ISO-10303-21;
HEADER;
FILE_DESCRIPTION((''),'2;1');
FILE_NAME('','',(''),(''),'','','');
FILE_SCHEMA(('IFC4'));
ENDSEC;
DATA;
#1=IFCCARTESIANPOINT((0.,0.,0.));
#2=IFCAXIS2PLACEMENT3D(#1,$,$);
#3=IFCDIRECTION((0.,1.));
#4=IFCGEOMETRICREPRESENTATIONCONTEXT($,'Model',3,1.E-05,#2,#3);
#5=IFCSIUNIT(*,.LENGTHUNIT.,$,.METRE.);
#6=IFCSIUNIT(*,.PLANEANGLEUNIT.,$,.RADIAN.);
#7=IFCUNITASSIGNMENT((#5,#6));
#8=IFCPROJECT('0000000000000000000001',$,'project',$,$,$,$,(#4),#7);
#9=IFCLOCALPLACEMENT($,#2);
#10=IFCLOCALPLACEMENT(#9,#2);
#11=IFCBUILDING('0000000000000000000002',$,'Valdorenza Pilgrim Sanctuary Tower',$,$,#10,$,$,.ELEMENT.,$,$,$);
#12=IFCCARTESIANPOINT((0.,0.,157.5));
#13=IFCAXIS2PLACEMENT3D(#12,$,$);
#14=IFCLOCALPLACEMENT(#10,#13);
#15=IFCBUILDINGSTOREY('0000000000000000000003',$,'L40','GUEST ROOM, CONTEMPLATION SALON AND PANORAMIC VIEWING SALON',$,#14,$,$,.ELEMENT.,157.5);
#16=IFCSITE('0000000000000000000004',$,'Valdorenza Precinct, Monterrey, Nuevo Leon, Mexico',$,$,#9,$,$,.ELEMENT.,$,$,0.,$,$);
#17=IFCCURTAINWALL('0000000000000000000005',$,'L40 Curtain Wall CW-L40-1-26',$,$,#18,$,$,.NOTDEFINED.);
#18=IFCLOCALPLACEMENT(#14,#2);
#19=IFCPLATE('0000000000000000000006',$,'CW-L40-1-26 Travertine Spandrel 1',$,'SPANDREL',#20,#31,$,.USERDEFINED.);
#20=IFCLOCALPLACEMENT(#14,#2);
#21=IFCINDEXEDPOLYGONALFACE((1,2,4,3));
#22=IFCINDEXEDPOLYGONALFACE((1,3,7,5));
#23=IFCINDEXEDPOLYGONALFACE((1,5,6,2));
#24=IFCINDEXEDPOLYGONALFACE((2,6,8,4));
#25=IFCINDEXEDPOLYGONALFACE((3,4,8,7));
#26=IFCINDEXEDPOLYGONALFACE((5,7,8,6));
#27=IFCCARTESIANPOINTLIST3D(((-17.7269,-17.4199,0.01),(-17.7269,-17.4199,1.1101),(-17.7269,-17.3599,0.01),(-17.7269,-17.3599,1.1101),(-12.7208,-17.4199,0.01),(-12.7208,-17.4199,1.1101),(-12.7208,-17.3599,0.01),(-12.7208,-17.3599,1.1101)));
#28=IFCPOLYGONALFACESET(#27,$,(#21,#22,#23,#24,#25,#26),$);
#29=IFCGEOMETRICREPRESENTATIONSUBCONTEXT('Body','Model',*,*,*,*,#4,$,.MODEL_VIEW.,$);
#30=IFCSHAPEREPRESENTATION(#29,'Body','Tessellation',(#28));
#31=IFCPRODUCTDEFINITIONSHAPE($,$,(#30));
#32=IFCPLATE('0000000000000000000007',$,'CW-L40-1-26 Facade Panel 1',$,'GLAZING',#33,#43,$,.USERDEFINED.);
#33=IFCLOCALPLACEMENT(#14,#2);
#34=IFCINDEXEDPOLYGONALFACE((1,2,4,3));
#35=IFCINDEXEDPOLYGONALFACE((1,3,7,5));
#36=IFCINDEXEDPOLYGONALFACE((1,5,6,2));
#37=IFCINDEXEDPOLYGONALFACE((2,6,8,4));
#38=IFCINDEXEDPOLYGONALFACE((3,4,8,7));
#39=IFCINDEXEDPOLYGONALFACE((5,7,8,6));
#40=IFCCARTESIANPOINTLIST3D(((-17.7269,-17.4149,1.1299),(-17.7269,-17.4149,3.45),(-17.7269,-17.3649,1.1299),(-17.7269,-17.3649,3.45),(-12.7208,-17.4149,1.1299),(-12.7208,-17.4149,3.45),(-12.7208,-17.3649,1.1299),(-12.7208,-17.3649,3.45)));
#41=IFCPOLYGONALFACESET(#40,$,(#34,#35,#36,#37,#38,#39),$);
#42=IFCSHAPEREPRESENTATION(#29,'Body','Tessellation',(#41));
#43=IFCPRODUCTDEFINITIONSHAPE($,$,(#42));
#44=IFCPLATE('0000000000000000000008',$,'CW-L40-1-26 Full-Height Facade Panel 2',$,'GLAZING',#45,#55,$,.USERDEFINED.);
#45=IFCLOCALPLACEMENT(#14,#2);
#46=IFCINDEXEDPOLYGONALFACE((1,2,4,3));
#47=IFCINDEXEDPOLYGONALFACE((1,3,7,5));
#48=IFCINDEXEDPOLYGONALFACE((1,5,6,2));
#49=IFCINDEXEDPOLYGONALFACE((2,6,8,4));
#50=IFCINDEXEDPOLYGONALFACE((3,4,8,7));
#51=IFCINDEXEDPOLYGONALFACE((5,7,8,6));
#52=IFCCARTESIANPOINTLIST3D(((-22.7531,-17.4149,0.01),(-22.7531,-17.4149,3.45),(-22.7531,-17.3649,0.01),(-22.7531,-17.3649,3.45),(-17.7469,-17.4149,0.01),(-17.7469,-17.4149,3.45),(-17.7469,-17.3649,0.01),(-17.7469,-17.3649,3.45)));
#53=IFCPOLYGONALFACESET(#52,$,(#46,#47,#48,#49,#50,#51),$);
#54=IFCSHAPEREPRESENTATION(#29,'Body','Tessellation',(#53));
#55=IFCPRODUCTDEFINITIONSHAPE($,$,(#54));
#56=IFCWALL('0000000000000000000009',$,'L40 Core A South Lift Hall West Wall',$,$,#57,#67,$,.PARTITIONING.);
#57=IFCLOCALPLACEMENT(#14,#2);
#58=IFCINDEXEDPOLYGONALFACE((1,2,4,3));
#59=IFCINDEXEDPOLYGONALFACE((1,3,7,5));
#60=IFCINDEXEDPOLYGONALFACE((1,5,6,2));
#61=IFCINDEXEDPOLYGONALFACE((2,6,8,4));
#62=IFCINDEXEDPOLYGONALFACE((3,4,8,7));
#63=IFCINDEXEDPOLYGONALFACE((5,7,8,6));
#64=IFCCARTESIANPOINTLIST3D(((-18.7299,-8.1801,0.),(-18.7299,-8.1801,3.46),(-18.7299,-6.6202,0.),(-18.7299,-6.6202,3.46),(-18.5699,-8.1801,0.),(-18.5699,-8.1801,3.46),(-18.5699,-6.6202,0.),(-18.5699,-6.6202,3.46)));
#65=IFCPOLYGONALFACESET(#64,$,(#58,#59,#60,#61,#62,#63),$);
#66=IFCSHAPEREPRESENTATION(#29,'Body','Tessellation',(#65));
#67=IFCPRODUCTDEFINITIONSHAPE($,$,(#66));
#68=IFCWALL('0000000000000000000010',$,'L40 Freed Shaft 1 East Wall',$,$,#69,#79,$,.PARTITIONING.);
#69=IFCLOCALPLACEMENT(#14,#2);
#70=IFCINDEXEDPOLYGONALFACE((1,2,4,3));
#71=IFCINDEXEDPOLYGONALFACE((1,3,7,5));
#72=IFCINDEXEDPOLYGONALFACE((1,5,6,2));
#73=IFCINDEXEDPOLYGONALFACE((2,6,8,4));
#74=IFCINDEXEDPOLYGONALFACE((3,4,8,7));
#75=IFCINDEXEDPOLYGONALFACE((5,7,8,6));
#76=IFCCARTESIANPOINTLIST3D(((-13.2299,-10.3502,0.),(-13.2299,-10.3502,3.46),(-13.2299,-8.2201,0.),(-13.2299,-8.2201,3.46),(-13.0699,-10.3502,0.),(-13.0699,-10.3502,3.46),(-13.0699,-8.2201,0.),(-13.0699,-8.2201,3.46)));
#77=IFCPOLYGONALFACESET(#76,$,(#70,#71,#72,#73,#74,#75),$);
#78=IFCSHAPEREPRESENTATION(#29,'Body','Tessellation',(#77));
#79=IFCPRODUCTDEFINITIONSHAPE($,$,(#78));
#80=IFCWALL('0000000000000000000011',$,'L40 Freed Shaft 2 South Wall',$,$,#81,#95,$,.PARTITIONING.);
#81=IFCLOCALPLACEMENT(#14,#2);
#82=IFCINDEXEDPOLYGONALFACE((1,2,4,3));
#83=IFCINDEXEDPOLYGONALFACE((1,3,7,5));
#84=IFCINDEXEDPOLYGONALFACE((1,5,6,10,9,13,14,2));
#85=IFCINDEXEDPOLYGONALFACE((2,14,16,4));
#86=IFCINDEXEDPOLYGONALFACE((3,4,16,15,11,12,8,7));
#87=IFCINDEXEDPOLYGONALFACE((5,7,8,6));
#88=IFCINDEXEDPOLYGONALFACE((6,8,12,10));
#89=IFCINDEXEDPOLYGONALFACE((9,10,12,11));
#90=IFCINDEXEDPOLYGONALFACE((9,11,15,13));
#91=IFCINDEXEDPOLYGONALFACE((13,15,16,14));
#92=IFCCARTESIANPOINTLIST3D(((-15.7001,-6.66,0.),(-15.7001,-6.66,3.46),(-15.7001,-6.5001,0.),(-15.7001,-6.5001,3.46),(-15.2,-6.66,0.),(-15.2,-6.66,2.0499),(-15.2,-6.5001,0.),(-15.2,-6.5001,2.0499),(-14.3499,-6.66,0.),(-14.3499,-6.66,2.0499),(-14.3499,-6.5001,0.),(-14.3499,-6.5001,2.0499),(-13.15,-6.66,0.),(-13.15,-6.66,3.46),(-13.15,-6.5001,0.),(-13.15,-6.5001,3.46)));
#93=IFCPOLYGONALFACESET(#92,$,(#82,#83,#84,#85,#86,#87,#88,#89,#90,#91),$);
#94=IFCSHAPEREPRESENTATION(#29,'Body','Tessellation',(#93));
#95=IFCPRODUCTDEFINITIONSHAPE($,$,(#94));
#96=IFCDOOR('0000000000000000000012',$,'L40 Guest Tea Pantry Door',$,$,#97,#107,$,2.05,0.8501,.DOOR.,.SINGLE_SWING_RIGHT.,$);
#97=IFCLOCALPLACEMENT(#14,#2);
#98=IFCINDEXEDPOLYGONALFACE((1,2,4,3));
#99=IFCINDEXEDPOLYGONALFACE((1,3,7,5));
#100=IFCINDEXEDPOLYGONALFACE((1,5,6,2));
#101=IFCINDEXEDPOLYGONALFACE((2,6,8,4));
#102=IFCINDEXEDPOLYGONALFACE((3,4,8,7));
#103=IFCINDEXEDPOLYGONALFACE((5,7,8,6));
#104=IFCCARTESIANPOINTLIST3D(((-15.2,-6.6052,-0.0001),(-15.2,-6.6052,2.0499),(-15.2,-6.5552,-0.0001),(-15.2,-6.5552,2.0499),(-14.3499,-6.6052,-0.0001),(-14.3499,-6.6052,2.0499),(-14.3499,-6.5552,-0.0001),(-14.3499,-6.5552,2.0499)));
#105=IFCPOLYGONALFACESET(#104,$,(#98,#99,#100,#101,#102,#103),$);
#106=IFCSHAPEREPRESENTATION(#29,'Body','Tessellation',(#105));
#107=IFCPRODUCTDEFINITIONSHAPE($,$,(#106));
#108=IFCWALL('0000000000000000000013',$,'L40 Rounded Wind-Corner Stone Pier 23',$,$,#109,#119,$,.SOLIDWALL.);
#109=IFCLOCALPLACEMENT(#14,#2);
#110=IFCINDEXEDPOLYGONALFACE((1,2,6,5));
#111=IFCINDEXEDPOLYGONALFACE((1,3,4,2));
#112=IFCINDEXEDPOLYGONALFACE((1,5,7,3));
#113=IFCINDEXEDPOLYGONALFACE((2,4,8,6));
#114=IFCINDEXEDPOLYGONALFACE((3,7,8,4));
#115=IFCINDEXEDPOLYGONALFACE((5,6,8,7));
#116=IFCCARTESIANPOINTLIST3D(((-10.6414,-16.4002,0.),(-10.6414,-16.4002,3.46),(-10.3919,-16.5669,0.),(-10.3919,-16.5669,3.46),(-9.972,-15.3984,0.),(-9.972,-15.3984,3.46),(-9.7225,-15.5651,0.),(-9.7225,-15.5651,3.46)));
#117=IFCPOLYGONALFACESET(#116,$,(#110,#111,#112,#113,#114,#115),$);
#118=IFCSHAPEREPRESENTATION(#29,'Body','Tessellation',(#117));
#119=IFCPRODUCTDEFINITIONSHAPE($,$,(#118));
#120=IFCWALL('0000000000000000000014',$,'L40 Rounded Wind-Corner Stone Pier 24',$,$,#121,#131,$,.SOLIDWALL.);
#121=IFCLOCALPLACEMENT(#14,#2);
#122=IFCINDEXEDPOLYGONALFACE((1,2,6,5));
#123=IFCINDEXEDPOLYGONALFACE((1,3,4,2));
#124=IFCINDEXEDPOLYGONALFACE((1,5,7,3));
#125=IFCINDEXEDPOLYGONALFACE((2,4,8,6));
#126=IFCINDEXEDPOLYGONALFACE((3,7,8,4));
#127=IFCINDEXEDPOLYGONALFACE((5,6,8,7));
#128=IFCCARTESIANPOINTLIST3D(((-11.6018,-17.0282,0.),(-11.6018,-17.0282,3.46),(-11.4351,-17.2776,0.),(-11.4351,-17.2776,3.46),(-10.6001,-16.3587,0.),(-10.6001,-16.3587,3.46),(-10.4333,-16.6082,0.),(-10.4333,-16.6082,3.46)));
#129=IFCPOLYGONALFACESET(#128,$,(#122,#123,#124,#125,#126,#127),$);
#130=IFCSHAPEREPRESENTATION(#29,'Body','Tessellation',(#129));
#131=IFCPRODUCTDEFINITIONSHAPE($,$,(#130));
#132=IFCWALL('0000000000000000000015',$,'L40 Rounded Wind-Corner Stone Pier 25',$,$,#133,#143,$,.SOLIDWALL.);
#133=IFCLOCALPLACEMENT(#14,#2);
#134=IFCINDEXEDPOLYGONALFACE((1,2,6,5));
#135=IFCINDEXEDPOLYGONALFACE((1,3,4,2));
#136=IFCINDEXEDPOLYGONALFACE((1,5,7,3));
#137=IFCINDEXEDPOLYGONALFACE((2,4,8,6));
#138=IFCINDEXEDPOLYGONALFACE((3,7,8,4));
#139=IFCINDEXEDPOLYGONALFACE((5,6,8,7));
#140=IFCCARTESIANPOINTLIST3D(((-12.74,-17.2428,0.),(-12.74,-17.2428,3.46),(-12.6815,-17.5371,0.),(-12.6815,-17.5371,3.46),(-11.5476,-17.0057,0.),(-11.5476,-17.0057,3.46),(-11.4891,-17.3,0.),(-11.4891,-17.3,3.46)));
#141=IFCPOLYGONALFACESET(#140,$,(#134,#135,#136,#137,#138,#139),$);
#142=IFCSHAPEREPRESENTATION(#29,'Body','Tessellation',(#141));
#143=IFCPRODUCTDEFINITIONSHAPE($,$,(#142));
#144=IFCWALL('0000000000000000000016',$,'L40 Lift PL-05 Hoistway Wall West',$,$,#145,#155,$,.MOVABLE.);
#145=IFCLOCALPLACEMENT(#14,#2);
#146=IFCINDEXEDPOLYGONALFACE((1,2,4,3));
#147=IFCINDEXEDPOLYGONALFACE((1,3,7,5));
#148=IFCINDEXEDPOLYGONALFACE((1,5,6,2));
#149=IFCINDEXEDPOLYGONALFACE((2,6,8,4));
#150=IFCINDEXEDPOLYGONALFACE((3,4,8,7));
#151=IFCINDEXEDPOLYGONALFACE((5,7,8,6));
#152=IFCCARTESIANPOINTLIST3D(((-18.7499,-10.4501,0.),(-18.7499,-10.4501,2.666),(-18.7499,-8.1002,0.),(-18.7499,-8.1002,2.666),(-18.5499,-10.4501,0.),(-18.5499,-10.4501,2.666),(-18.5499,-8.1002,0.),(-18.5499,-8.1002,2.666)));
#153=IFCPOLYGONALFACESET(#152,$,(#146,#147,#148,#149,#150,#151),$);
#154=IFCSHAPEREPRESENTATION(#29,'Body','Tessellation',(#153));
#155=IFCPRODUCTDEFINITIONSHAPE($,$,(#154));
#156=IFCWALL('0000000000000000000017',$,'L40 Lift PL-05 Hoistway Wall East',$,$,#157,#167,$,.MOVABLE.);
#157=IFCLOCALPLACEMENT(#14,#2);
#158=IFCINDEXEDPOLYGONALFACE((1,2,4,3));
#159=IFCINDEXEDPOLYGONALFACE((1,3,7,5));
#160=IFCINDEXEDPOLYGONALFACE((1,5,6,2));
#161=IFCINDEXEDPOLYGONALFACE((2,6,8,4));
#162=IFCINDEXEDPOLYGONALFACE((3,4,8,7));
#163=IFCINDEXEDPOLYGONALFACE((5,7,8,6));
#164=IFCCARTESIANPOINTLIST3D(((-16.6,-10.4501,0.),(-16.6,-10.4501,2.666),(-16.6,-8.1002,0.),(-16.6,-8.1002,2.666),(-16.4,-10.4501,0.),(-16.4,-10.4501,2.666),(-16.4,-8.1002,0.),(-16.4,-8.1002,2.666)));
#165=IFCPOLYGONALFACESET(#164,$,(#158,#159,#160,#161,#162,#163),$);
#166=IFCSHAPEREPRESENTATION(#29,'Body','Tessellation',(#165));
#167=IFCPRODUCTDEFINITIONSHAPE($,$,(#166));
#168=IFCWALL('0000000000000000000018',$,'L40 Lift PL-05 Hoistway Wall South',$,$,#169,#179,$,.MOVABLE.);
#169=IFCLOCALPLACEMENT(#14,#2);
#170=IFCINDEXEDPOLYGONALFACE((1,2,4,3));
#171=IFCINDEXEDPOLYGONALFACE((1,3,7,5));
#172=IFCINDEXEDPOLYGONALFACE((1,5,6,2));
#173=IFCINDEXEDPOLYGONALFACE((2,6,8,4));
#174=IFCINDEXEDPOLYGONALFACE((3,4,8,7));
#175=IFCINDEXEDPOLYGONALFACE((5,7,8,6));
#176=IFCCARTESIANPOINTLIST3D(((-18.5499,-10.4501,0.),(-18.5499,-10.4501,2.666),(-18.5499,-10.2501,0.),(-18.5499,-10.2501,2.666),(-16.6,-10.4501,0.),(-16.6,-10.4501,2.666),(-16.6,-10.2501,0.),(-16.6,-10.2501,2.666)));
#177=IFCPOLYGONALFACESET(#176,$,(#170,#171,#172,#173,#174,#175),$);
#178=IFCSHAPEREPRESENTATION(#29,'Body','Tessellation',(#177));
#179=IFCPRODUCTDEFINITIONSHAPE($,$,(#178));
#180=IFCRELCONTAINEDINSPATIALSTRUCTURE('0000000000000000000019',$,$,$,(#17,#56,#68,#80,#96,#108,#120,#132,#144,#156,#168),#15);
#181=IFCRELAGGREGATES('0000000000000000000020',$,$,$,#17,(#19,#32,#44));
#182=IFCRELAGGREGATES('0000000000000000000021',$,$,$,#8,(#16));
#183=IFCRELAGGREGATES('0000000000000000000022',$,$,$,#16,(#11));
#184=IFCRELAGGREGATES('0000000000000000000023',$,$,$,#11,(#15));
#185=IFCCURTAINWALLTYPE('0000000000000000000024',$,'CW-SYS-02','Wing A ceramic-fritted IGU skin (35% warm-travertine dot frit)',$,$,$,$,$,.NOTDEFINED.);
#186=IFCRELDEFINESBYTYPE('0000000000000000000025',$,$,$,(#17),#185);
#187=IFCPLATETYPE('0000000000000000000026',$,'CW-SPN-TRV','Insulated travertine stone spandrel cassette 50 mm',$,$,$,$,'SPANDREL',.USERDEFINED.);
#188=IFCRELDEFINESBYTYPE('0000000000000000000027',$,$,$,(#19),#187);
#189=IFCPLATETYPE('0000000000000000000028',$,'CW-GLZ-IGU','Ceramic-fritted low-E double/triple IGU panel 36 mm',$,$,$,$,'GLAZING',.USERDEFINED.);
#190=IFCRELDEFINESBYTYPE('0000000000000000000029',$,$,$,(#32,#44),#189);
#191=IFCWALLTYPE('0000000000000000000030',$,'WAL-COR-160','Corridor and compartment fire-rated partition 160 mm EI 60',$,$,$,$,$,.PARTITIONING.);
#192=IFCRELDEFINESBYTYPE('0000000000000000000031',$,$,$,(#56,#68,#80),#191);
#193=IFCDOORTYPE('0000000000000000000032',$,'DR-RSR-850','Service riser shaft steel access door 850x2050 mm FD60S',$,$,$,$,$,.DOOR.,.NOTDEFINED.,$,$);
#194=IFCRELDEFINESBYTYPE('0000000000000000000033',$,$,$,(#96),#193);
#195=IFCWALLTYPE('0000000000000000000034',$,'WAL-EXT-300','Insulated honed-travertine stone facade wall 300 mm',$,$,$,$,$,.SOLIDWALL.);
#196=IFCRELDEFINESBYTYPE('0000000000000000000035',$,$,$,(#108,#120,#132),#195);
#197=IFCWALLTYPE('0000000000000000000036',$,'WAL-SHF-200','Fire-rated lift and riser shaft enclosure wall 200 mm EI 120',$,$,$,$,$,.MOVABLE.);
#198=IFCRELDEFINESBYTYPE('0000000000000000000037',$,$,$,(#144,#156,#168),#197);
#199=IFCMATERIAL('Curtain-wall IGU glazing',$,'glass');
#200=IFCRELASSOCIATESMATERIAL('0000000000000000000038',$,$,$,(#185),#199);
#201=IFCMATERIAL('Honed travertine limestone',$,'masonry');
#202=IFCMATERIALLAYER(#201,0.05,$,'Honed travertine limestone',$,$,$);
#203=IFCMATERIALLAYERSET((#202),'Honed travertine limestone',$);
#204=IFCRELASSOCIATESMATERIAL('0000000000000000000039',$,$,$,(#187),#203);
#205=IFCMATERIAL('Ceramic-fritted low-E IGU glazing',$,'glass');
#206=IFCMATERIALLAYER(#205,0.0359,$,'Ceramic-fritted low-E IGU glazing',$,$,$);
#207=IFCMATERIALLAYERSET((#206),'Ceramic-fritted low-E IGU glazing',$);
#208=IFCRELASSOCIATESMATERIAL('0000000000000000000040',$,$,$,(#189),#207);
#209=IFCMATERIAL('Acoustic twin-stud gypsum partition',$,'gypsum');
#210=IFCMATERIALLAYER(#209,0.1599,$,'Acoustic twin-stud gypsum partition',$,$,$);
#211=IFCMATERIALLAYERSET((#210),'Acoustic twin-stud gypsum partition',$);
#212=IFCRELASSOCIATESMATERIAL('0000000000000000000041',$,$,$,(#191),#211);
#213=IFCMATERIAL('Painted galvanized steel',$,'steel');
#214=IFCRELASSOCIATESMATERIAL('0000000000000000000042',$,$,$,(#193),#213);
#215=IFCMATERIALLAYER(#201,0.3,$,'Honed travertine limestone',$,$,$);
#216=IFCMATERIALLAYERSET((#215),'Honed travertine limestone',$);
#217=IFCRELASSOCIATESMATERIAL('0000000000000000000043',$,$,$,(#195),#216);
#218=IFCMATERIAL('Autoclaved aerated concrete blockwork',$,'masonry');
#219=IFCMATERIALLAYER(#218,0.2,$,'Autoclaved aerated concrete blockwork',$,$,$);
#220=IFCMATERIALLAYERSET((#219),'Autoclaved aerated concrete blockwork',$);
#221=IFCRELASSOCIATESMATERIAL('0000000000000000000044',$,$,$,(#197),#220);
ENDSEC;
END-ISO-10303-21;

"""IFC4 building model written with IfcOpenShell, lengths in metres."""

from ifc_helpers import new_model, si_unit, direction, frame, frame_2d, origin, origin_2d, place, context, subcontext, project, spatial, rectangle, extrude, source, transform, mapped, material, layer, layer_set, type_object, element, fill, aggregate, save


model = new_model("IFC4")

# Units and contexts
model_context = context("Model", 3, precision=1e-05, world=origin(), true_north=direction((0.0, 1.0)))
body_context = subcontext(model_context, "Body", "Model", "MODEL_VIEW")
ifc_project = project(units=[si_unit("LENGTHUNIT", "METRE"), si_unit("PLANEANGLEUNIT", "RADIAN")], contexts=[model_context])

# Site, building, storey
site_placement = place(None, origin())
site = spatial("IfcSite", under=ifc_project, at=site_placement, Name="Valdorenza Precinct, Monterrey, Nuevo Leon, Mexico", CompositionType="ELEMENT", RefElevation=0.0)
building_placement = place(site_placement, origin())
building = spatial("IfcBuilding", under=site, at=building_placement, Name="Valdorenza Pilgrim Sanctuary Tower", CompositionType="ELEMENT")
storey_placement = place(building_placement, frame((0.0, 0.0, 157.5)))
storey = spatial("IfcBuildingStorey", under=building, at=storey_placement, Name="L40", Description="GUEST ROOM, CONTEMPLATION SALON AND PANORAMIC VIEWING SALON", CompositionType="ELEMENT", Elevation=157.5)

# Shared definitions
ifc_material_1 = material(Name="Curtain-wall IGU glazing", Category="glass")
curtain_wall_type = type_object("IfcCurtainWallType", Name="CW-SYS-02", Description="Wing A ceramic-fritted IGU skin (35% warm-travertine dot frit)", PredefinedType="NOTDEFINED", material=ifc_material_1)

# Curtain wall, plates
curtain_wall_1_placement = place(storey_placement, origin())
curtain_wall_1 = element("IfcCurtainWall", 1, at=curtain_wall_1_placement, inside=storey, type_object=curtain_wall_type, Name="L40 Curtain Wall CW-L40-1-26", PredefinedType="NOTDEFINED")
ifc_material_2 = material(Name="Honed travertine limestone", Category="masonry")
ifc_layer_1 = layer(ifc_material_2, 0.05, Name="Honed travertine limestone")
ifc_layer_set_1 = layer_set([ifc_layer_1], Name="Honed travertine limestone")
plate_type_1 = type_object("IfcPlateType", Name="CW-SPN-TRV", Description="Insulated travertine stone spandrel cassette 50 mm", ElementType="SPANDREL", PredefinedType="USERDEFINED", material=ifc_layer_set_1)
shared_shape_1 = source(origin(), body_context, "Body", "SweptSolid", [
    extrude(rectangle(XDim=5.0061, YDim=0.0601, at=origin_2d()), origin(), (0.0, 0.0, 1.0), 1.1001),
])
plate_1_placement = place(storey_placement, frame((-15.2239, -17.3899, 0.01), z_axis=(0.0, 0.0, 1.0), x_axis=(-1.0, 0.0, 0.0)))
plate_1 = element("IfcPlate", 2, at=plate_1_placement, type_object=plate_type_1, Name="CW-L40-1-26 Travertine Spandrel 1", ObjectType="SPANDREL", PredefinedType="USERDEFINED", context=body_context, shape_type="MappedRepresentation", body=[
    mapped(shared_shape_1, transform((0.0, 0.0, 0.0), x_axis=(1.0, 0.0, 0.0), y_axis=(0.0, 1.0, 0.0), z_axis=(0.0, 0.0, 1.0), scale=1.0)),
])
ifc_material_3 = material(Name="Ceramic-fritted low-E IGU glazing", Category="glass")
ifc_layer_2 = layer(ifc_material_3, 0.0359, Name="Ceramic-fritted low-E IGU glazing")
ifc_layer_set_2 = layer_set([ifc_layer_2], Name="Ceramic-fritted low-E IGU glazing")
plate_type_2 = type_object("IfcPlateType", Name="CW-GLZ-IGU", Description="Ceramic-fritted low-E double/triple IGU panel 36 mm", ElementType="GLAZING", PredefinedType="USERDEFINED", material=ifc_layer_set_2)
shared_shape_2 = source(origin(), body_context, "Body", "SweptSolid", [
    extrude(rectangle(XDim=5.0061, YDim=0.05, at=origin_2d()), origin(), (0.0, 0.0, 1.0), 2.3201),
])
plate_2_placement = place(storey_placement, frame((-15.2239, -17.3899, 1.1299), z_axis=(0.0, 0.0, 1.0), x_axis=(-1.0, 0.0, 0.0)))
plate_2 = element("IfcPlate", 3, at=plate_2_placement, type_object=plate_type_2, Name="CW-L40-1-26 Facade Panel 1", ObjectType="GLAZING", PredefinedType="USERDEFINED", context=body_context, shape_type="MappedRepresentation", body=[
    mapped(shared_shape_2, transform((0.0, 0.0, 0.0), x_axis=(1.0, 0.0, 0.0), y_axis=(0.0, 1.0, 0.0), z_axis=(0.0, 0.0, 1.0), scale=1.0)),
])
shared_shape_3 = source(origin(), body_context, "Body", "SweptSolid", [
    extrude(rectangle(XDim=5.0061, YDim=0.05, at=origin_2d()), origin(), (0.0, 0.0, 1.0), 3.4399),
])
plate_3_placement = place(storey_placement, frame((-20.25, -17.3899, 0.01), z_axis=(0.0, 0.0, 1.0), x_axis=(-1.0, 0.0, 0.0)))
plate_3 = element("IfcPlate", 4, at=plate_3_placement, type_object=plate_type_2, Name="CW-L40-1-26 Full-Height Facade Panel 2", ObjectType="GLAZING", PredefinedType="USERDEFINED", context=body_context, shape_type="MappedRepresentation", body=[
    mapped(shared_shape_3, transform((0.0, 0.0, 0.0), x_axis=(1.0, 0.0, 0.0), y_axis=(0.0, 1.0, 0.0), z_axis=(0.0, 0.0, 1.0), scale=1.0)),
])
aggregate(curtain_wall_1, [plate_1, plate_2, plate_3])

# Wall
ifc_material_4 = material(Name="Acoustic twin-stud gypsum partition", Category="gypsum")
ifc_layer_3 = layer(ifc_material_4, 0.1599, Name="Acoustic twin-stud gypsum partition")
ifc_layer_set_3 = layer_set([ifc_layer_3], Name="Acoustic twin-stud gypsum partition")
wall_type_1 = type_object("IfcWallType", Name="WAL-COR-160", Description="Corridor and compartment fire-rated partition 160 mm EI 60", PredefinedType="PARTITIONING", material=ifc_layer_set_3)
wall_1_placement = place(storey_placement, frame((-18.6499, -8.1799, 0.0), z_axis=(0.0, 0.0, 1.0), x_axis=(0.0, 1.0, 0.0)))
element("IfcWall", 5, at=wall_1_placement, inside=storey, type_object=wall_type_1, Name="L40 Core A South Lift Hall West Wall", PredefinedType="PARTITIONING", context=body_context, shape_type="SweptSolid", body=[
    extrude(rectangle(XDim=1.5598, YDim=0.1599, at=frame_2d((0.7798, 0.0))), origin(), (0.0, 0.0, 1.0), 3.46),
])

# Wall
wall_2_placement = place(storey_placement, frame((-13.1499, -10.3501, 0.0), z_axis=(0.0, 0.0, 1.0), x_axis=(0.0, 1.0, 0.0)))
element("IfcWall", 6, at=wall_2_placement, inside=storey, type_object=wall_type_1, Name="L40 Freed Shaft 1 East Wall", PredefinedType="PARTITIONING", context=body_context, shape_type="SweptSolid", body=[
    extrude(rectangle(XDim=2.1301, YDim=0.1599, at=frame_2d((1.0649, 0.0))), origin(), (0.0, 0.0, 1.0), 3.46),
])

# Wall, opening, door
wall_3_placement = place(storey_placement, frame((-15.7, -6.5801, 0.0), z_axis=(0.0, 0.0, 1.0), x_axis=(1.0, 0.0, 0.0)))
wall_3 = element("IfcWall", 7, at=wall_3_placement, inside=storey, type_object=wall_type_1, Name="L40 Freed Shaft 2 South Wall", PredefinedType="PARTITIONING", context=body_context, shape_type="SweptSolid", body=[
    extrude(rectangle(XDim=2.55, YDim=0.1599, at=frame_2d((1.2749, 0.0))), origin(), (0.0, 0.0, 1.0), 3.46),
])
opening_1_placement = place(wall_3_placement, frame((0.5, 0.0, 0.0)))
opening_1 = element("IfcOpeningElement", 8, at=opening_1_placement, cuts=wall_3, PredefinedType="OPENING", context=body_context, shape_type="SweptSolid", body=[
    extrude(rectangle(XDim=0.8501, YDim=2.05, at=frame_2d((0.425, 1.0249))), frame((0.0, 0.0947, 0.0), z_axis=(0.0, -1.0, 0.0), x_axis=(1.0, 0.0, 0.0)), (0.0, 0.0, 1.0), 0.1897),
])
ifc_material_5 = material(Name="Painted galvanized steel", Category="steel")
door_type_1 = type_object("IfcDoorType", Name="DR-RSR-850", Description="Service riser shaft steel access door 850x2050 mm FD60S", OperationType="NOTDEFINED", PredefinedType="DOOR", material=ifc_material_5)
door_1_placement = place(opening_1_placement, origin())
door_1 = element("IfcDoor", 9, at=door_1_placement, inside=storey, type_object=door_type_1, Name="L40 Guest Tea Pantry Door", OperationType="SINGLE_SWING_RIGHT", OverallHeight=2.05, OverallWidth=0.8501, PredefinedType="DOOR", context=body_context, shape_type="SweptSolid", body=[
    extrude(rectangle(XDim=0.8501, YDim=2.05, at=frame_2d((0.425, 1.0249))), frame((0.0, 0.0249, 0.0), z_axis=(0.0, -1.0, 0.0), x_axis=(1.0, 0.0, 0.0)), (0.0, 0.0, 1.0), 0.05),
])
fill(opening_1, door_1)

# Walls
ifc_layer_4 = layer(ifc_material_2, 0.3, Name="Honed travertine limestone")
ifc_layer_set_4 = layer_set([ifc_layer_4], Name="Honed travertine limestone")
wall_type_2 = type_object("IfcWallType", Name="WAL-EXT-300", Description="Insulated honed-travertine stone facade wall 300 mm", PredefinedType="SOLIDWALL", material=ifc_layer_set_4)
for number, where, z_axis, x_axis, name in (
    (10, (-9.8472, -15.4817, 0.0), (0.0, 0.0, 1.0), (-0.555635, -0.831426, 0.0), "L40 Rounded Wind-Corner Stone Pier 23"),
    (11, (-10.5166, -16.4834, 0.0), (0.0, 0.0, 1.0), (-0.831426, -0.555635, 0.0), "L40 Rounded Wind-Corner Stone Pier 24"),
):
    element("IfcWall", number, at=place(storey_placement, frame(where, z_axis=z_axis, x_axis=x_axis)), inside=storey, type_object=wall_type_2, Name=name, PredefinedType="SOLIDWALL", context=body_context, shape_type="SweptSolid", body=[
        extrude(rectangle(XDim=1.2048, YDim=0.3, at=frame_2d((0.6025, 0.0))), origin(), (0.0, 0.0, 1.0), 3.46),
    ])
wall_4_placement = place(storey_placement, frame((-11.5183, -17.1528, 0.0), z_axis=(0.0, 0.0, 1.0), x_axis=(-0.980804, -0.194996, 0.0)))
element("IfcWall", 12, at=wall_4_placement, inside=storey, type_object=wall_type_2, Name="L40 Rounded Wind-Corner Stone Pier 25", PredefinedType="SOLIDWALL", context=body_context, shape_type="SweptSolid", body=[
    extrude(rectangle(XDim=1.2158, YDim=0.3, at=frame_2d((0.6079, 0.0))), origin(), (0.0, 0.0, 1.0), 3.46),
])
ifc_material_6 = material(Name="Autoclaved aerated concrete blockwork", Category="masonry")
ifc_layer_5 = layer(ifc_material_6, 0.2, Name="Autoclaved aerated concrete blockwork")
ifc_layer_set_5 = layer_set([ifc_layer_5], Name="Autoclaved aerated concrete blockwork")
wall_type_3 = type_object("IfcWallType", Name="WAL-SHF-200", Description="Fire-rated lift and riser shaft enclosure wall 200 mm EI 120", PredefinedType="MOVABLE", material=ifc_layer_set_5)
for number, where, z_axis, x_axis, name in (
    (13, (-18.6499, -10.45, 0.0), (0.0, 0.0, 1.0), (0.0, 1.0, 0.0), "L40 Lift PL-05 Hoistway Wall West"),
    (14, (-16.5, -10.45, 0.0), (0.0, 0.0, 1.0), (0.0, 1.0, 0.0), "L40 Lift PL-05 Hoistway Wall East"),
):
    element("IfcWall", number, at=place(storey_placement, frame(where, z_axis=z_axis, x_axis=x_axis)), inside=storey, type_object=wall_type_3, Name=name, PredefinedType="MOVABLE", context=body_context, shape_type="SweptSolid", body=[
        extrude(rectangle(XDim=2.3499, YDim=0.2, at=frame_2d((1.1748, 0.0))), origin(), (0.0, 0.0, 1.0), 2.666),
    ])
wall_5_placement = place(storey_placement, frame((-18.55, -10.3501, 0.0), z_axis=(0.0, 0.0, 1.0), x_axis=(1.0, 0.0, 0.0)))
element("IfcWall", 15, at=wall_5_placement, inside=storey, type_object=wall_type_3, Name="L40 Lift PL-05 Hoistway Wall South", PredefinedType="MOVABLE", context=body_context, shape_type="SweptSolid", body=[
    extrude(rectangle(XDim=1.95, YDim=0.2, at=frame_2d((0.9751, 0.0))), origin(), (0.0, 0.0, 1.0), 2.666),
])

save(model, "model.ifc")
